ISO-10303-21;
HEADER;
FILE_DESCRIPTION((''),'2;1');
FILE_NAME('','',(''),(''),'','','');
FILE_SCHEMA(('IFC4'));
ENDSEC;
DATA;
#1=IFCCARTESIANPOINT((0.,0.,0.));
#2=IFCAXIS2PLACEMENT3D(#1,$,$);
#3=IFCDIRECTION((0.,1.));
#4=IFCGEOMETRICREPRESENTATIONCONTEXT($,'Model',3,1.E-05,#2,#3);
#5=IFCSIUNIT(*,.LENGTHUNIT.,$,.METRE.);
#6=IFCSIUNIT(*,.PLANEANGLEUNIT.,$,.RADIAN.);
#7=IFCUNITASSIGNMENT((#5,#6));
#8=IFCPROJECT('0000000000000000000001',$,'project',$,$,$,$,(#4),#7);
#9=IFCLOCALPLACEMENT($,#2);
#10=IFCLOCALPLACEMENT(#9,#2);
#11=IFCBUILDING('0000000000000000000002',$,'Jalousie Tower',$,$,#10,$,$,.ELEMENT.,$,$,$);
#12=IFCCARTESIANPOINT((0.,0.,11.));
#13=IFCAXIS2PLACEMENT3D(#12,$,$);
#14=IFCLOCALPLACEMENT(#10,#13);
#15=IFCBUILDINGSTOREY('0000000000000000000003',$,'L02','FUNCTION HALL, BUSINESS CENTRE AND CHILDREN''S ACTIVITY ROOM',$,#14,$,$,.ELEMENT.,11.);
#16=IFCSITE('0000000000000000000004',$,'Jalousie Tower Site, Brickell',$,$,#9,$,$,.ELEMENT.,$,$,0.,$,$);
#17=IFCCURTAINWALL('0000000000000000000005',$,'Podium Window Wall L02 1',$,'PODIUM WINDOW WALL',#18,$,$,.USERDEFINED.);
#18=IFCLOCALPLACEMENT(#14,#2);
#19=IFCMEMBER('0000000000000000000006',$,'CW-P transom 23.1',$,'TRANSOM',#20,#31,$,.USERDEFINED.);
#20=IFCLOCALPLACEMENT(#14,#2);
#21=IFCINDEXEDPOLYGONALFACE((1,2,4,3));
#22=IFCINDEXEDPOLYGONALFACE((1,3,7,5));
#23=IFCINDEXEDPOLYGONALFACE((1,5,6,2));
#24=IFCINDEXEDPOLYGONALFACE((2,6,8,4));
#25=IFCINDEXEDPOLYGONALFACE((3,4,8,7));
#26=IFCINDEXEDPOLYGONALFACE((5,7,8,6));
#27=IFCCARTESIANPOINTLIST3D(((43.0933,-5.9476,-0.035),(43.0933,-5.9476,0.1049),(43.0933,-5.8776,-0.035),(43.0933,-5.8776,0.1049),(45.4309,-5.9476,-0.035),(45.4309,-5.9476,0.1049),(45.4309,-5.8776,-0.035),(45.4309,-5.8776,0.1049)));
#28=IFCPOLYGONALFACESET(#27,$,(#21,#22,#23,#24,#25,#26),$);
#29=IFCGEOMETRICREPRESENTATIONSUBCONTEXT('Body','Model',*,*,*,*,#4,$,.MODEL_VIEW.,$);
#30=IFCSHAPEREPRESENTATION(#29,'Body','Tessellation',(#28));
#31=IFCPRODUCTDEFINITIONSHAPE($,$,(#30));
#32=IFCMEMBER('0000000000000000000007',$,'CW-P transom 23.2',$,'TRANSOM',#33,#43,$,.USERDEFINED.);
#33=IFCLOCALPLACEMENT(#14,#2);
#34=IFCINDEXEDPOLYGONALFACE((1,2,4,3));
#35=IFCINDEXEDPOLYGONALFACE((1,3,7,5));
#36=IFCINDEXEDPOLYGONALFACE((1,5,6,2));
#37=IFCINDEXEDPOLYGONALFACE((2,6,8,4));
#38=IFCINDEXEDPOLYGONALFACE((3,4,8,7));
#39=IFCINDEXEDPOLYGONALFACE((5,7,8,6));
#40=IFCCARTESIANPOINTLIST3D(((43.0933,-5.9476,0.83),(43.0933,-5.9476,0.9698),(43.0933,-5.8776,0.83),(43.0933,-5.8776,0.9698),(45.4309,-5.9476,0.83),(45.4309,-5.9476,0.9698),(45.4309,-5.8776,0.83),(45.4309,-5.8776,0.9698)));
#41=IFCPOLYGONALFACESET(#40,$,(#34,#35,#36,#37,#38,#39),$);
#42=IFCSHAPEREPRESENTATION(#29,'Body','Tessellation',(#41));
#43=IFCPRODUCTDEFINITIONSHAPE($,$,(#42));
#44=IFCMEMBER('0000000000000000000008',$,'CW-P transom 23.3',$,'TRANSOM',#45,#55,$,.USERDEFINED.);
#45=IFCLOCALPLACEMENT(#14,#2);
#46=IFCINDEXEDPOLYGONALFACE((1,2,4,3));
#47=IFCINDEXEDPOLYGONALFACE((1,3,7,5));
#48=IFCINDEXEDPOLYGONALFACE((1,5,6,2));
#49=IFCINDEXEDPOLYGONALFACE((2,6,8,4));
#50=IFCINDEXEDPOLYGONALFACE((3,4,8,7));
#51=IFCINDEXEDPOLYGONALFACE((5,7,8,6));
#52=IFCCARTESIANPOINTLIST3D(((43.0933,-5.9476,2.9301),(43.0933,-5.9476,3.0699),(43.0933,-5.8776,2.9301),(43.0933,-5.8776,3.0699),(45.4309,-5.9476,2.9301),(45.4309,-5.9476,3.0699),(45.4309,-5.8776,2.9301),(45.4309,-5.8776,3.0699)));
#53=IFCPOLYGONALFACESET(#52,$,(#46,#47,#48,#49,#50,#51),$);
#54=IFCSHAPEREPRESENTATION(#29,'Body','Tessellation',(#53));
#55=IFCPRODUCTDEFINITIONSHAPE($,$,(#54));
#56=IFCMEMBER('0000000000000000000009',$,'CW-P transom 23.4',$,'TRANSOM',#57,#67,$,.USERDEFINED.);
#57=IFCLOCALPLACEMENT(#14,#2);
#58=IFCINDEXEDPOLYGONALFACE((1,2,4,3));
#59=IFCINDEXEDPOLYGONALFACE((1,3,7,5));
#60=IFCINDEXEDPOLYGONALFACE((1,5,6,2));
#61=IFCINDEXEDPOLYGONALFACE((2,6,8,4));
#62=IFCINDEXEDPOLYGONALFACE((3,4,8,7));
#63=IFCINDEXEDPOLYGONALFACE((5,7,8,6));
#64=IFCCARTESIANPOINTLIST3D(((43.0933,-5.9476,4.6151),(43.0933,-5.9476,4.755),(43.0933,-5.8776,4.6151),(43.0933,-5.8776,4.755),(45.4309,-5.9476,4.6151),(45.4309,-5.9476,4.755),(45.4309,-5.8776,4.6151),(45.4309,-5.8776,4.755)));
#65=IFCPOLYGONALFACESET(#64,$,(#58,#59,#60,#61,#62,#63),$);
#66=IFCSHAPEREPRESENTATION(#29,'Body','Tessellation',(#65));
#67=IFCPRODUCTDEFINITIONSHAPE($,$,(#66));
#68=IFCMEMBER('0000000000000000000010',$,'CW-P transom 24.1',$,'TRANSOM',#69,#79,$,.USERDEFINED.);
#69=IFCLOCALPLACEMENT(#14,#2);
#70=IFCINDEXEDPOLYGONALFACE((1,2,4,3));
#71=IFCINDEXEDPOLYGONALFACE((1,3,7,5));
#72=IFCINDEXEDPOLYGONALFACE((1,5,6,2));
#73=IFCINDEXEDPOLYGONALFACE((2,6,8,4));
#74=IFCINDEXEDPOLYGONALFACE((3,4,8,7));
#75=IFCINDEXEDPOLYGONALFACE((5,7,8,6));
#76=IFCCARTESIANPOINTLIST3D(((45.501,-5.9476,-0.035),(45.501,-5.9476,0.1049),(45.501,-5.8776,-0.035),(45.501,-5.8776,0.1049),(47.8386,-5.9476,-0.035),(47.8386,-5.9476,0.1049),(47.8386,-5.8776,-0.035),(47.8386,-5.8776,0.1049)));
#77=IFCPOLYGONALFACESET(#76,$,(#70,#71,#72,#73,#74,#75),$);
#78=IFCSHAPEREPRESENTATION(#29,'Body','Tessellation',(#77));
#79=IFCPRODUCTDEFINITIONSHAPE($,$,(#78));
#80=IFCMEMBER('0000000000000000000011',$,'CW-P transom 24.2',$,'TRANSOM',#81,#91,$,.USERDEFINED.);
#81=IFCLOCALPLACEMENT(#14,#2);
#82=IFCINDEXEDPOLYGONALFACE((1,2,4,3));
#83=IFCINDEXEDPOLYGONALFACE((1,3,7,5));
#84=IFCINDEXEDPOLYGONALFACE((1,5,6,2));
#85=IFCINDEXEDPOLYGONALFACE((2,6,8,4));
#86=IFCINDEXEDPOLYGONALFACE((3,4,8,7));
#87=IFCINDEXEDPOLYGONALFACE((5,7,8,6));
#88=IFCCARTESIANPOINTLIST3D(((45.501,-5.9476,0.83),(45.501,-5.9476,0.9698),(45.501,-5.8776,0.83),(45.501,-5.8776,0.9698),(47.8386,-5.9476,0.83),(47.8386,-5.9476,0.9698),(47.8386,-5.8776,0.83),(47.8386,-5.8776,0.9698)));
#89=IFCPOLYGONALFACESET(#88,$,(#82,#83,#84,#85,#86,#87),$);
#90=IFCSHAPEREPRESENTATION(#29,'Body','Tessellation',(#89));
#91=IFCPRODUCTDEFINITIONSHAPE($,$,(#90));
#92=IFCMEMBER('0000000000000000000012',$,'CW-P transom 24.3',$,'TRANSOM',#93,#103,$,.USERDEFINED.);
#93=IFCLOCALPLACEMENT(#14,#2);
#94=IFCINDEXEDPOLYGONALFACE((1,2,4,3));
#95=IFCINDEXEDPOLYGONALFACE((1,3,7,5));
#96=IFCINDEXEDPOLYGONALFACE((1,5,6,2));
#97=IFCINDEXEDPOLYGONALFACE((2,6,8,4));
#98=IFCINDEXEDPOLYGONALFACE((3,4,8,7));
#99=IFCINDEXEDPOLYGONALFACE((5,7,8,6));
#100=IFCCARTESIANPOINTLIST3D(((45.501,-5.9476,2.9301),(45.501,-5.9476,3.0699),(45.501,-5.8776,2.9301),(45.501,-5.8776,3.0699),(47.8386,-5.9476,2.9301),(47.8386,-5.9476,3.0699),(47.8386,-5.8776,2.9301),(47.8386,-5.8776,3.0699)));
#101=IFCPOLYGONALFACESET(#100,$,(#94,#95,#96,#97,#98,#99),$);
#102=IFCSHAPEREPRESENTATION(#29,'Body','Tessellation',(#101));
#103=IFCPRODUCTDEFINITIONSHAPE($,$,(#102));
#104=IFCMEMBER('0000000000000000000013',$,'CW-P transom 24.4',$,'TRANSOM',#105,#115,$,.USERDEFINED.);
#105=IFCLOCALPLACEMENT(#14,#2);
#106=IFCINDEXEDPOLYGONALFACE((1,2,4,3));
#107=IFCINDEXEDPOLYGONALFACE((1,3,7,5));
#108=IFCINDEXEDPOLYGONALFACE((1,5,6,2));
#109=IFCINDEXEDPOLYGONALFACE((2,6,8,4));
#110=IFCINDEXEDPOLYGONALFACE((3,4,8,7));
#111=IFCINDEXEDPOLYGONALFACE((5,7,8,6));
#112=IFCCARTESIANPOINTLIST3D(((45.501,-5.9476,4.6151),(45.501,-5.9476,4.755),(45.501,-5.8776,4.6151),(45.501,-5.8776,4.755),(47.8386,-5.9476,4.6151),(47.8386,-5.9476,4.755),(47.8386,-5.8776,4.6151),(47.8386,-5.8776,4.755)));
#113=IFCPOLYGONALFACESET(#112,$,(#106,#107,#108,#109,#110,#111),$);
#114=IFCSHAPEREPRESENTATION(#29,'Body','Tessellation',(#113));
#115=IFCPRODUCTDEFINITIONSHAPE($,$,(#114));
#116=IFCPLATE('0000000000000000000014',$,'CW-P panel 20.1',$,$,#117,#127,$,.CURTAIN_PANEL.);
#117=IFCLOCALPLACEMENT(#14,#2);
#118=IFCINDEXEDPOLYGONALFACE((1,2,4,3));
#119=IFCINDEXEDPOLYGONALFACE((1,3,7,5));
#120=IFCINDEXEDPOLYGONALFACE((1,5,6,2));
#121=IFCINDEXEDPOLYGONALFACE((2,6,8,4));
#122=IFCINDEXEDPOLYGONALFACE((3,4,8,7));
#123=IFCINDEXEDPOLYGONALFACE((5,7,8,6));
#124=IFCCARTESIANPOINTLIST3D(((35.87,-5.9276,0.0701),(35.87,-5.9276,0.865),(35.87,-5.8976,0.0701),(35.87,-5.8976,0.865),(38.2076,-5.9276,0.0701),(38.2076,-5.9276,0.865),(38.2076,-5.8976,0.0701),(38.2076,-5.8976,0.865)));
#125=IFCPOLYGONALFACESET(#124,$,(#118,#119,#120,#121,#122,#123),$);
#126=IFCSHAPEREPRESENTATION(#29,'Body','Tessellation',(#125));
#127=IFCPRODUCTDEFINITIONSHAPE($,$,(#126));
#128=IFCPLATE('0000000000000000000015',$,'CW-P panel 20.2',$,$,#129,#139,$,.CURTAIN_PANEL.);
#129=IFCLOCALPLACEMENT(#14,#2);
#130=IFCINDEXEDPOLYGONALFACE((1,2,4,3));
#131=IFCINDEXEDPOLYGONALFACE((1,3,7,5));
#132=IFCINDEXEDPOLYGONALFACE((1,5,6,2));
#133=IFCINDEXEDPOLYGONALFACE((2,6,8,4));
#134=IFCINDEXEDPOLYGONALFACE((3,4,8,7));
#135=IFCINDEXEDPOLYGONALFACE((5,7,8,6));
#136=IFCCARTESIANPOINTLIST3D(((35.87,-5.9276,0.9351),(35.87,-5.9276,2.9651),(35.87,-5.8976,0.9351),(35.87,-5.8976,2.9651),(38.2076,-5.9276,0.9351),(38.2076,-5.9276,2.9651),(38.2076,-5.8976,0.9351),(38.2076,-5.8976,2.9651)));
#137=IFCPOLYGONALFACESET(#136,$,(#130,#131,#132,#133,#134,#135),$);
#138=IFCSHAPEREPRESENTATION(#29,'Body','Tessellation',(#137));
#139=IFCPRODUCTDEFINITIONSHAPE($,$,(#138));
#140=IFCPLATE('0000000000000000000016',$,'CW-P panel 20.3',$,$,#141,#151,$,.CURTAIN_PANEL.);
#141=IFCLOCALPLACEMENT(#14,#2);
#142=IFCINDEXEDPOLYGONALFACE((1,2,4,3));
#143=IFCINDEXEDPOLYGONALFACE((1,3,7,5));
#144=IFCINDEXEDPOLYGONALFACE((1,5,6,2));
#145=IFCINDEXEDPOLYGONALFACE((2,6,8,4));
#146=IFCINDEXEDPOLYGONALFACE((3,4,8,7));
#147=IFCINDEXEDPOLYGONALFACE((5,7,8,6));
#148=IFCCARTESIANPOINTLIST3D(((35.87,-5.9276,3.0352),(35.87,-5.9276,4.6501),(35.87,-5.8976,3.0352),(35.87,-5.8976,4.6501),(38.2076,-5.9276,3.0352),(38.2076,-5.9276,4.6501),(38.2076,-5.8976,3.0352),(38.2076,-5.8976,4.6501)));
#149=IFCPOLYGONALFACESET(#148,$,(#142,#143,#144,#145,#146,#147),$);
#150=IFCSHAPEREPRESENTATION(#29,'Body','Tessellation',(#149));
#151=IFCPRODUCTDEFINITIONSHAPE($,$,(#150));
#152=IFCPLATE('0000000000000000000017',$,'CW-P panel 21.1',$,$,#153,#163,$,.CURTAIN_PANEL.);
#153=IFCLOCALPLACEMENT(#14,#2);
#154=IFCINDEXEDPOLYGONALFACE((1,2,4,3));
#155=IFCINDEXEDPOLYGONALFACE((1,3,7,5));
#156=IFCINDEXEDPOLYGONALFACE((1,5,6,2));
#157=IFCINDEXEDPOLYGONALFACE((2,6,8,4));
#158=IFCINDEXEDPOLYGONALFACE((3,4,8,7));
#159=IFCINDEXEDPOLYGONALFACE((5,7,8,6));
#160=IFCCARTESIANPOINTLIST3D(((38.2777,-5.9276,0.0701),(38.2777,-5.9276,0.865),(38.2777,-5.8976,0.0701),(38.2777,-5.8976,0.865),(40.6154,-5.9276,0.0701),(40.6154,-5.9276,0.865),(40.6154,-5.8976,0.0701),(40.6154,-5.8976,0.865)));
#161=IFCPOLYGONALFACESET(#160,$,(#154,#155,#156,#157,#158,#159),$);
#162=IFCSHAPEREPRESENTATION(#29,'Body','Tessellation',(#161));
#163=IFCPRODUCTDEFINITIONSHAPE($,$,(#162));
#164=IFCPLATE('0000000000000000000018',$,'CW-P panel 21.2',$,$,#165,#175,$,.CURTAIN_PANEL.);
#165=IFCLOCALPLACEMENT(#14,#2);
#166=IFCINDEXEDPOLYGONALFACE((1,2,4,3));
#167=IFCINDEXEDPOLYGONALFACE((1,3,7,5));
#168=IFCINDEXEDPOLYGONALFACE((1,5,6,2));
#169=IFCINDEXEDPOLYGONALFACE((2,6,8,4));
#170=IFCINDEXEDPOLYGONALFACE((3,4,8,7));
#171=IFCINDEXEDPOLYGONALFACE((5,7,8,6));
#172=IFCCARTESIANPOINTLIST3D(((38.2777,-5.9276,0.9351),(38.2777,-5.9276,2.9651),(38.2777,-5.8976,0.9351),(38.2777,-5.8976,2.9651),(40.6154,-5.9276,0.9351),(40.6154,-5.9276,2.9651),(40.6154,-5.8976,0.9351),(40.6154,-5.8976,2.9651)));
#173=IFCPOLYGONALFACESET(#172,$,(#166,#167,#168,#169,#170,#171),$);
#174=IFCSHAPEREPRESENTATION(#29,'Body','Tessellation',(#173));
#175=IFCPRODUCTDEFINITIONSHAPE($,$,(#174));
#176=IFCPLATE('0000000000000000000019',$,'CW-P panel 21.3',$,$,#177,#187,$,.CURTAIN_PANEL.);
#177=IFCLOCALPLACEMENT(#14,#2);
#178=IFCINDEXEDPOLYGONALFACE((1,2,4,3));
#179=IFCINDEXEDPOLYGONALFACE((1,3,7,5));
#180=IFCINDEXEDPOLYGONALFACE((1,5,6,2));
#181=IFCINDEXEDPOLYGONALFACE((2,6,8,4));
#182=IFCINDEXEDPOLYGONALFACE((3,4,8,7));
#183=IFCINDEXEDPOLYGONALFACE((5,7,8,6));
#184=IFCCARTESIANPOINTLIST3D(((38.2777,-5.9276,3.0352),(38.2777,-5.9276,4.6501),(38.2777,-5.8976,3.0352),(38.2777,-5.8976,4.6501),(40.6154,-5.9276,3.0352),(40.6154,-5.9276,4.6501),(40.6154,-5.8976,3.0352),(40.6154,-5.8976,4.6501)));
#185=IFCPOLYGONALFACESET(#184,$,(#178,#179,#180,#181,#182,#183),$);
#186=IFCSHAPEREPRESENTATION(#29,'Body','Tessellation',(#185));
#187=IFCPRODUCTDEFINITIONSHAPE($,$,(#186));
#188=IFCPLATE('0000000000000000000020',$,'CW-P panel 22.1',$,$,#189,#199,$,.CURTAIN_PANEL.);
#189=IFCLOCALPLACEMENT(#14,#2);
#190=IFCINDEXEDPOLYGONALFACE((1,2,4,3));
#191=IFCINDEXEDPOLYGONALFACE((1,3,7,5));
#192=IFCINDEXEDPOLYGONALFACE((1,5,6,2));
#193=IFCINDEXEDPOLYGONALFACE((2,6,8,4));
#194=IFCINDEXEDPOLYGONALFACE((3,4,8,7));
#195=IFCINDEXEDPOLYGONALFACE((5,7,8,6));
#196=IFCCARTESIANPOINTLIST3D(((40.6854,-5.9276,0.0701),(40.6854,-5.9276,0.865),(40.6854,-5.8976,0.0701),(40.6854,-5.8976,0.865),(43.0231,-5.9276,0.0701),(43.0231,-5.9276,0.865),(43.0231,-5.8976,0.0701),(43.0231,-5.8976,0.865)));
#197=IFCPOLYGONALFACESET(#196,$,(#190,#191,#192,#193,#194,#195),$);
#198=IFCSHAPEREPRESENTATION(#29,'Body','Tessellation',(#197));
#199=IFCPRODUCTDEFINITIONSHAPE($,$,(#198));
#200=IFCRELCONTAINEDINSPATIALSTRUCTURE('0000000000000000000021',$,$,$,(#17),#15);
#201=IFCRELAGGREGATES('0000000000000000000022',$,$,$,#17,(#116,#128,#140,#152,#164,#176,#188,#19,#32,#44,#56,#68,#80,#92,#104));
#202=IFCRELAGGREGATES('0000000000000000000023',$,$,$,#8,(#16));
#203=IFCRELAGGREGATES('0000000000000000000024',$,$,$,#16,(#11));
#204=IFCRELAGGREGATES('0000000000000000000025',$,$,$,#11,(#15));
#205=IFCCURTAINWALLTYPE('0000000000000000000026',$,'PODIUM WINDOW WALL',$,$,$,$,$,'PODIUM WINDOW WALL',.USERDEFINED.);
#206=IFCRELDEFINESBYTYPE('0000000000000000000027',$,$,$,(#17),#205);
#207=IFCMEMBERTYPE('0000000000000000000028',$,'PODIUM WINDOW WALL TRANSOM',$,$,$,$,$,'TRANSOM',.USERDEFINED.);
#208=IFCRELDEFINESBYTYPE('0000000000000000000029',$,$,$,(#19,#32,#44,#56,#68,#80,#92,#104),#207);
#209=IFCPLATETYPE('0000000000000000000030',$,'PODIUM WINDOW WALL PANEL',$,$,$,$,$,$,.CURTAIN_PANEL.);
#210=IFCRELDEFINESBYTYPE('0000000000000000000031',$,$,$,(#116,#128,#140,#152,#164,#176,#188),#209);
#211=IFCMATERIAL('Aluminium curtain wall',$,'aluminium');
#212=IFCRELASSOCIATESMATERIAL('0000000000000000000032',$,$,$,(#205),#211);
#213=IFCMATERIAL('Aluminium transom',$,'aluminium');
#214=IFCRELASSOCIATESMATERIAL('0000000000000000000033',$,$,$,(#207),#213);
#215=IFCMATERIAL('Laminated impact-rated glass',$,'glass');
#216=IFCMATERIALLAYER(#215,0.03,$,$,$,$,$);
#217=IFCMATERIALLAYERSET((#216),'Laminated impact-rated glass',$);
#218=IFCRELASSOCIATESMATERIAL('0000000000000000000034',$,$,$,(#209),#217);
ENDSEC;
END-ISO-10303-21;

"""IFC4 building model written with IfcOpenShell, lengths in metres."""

from ifc_helpers import new_model, si_unit, direction, frame, origin, origin_2d, place, context, subcontext, project, spatial, rectangle, extrude, material, layer, layer_set, material_profile, profile_set, type_object, element, aggregate, save


model = new_model("IFC4")

# Units and contexts
model_context = context("Model", 3, precision=1e-05, world=origin(), true_north=direction((0.0, 1.0)))
body_context = subcontext(model_context, "Body", "Model", "MODEL_VIEW")
ifc_project = project(units=[si_unit("LENGTHUNIT", "METRE"), si_unit("PLANEANGLEUNIT", "RADIAN")], contexts=[model_context])

# Site, building, storey
site_placement = place(None, origin())
site = spatial("IfcSite", under=ifc_project, at=site_placement, Name="Jalousie Tower Site, Brickell", CompositionType="ELEMENT", RefElevation=0.0)
building_placement = place(site_placement, origin())
building = spatial("IfcBuilding", under=site, at=building_placement, Name="Jalousie Tower", CompositionType="ELEMENT")
storey_placement = place(building_placement, frame((0.0, 0.0, 11.0)))
storey = spatial("IfcBuildingStorey", under=building, at=storey_placement, Name="L02", Description="FUNCTION HALL, BUSINESS CENTRE AND CHILDREN'S ACTIVITY ROOM", CompositionType="ELEMENT", Elevation=11.0)

# Curtain wall, members, plates
ifc_material_1 = material(Name="Aluminium curtain wall", Category="aluminium")
curtain_wall_type = type_object("IfcCurtainWallType", Name="PODIUM WINDOW WALL", ElementType="PODIUM WINDOW WALL", PredefinedType="USERDEFINED", material=ifc_material_1)
curtain_wall_placement = place(storey_placement, origin())
curtain_wall = element("IfcCurtainWall", 1, at=curtain_wall_placement, inside=storey, type_object=curtain_wall_type, Name="Podium Window Wall L02 1", ObjectType="PODIUM WINDOW WALL", PredefinedType="USERDEFINED")
ifc_material_2 = material(Name="Aluminium transom", Category="aluminium")
ifc_material_profile_1 = material_profile(ifc_material_2, rectangle(XDim=0.0701, YDim=0.1399, at=origin_2d()), Name="TRANSOM 70x140")
ifc_profile_set_1 = profile_set([ifc_material_profile_1], Name="Aluminium transom")
member_type_1 = type_object("IfcMemberType", Name="PODIUM WINDOW WALL TRANSOM", ElementType="TRANSOM", PredefinedType="USERDEFINED", material=ifc_profile_set_1)
member_1_placement = place(storey_placement, frame((43.0933, -5.9126, 0.0349), z_axis=(1.0, 0.0, 0.0), x_axis=(0.0, 1.0, 0.0)))
member_1 = element("IfcMember", 2, at=member_1_placement, type_object=member_type_1, Name="CW-P transom 23.1", ObjectType="TRANSOM", PredefinedType="USERDEFINED", context=body_context, shape_type="SweptSolid", body=[
    extrude(rectangle(XDim=0.0701, YDim=0.1399, at=origin_2d()), origin(), (0.0, 0.0, 1.0), 2.3376),
])
member_2_placement = place(storey_placement, frame((43.0933, -5.9126, 0.8999), z_axis=(1.0, 0.0, 0.0), x_axis=(0.0, 1.0, 0.0)))
member_2 = element("IfcMember", 3, at=member_2_placement, type_object=member_type_1, Name="CW-P transom 23.2", ObjectType="TRANSOM", PredefinedType="USERDEFINED", context=body_context, shape_type="SweptSolid", body=[
    extrude(rectangle(XDim=0.0701, YDim=0.1399, at=origin_2d()), origin(), (0.0, 0.0, 1.0), 2.3376),
])
member_3_placement = place(storey_placement, frame((43.0933, -5.9126, 3.0), z_axis=(1.0, 0.0, 0.0), x_axis=(0.0, 1.0, 0.0)))
member_3 = element("IfcMember", 4, at=member_3_placement, type_object=member_type_1, Name="CW-P transom 23.3", ObjectType="TRANSOM", PredefinedType="USERDEFINED", context=body_context, shape_type="SweptSolid", body=[
    extrude(rectangle(XDim=0.0701, YDim=0.1399, at=origin_2d()), origin(), (0.0, 0.0, 1.0), 2.3376),
])
member_4_placement = place(storey_placement, frame((43.0933, -5.9126, 4.6851), z_axis=(1.0, 0.0, 0.0), x_axis=(0.0, 1.0, 0.0)))
member_4 = element("IfcMember", 5, at=member_4_placement, type_object=member_type_1, Name="CW-P transom 23.4", ObjectType="TRANSOM", PredefinedType="USERDEFINED", context=body_context, shape_type="SweptSolid", body=[
    extrude(rectangle(XDim=0.0701, YDim=0.1399, at=origin_2d()), origin(), (0.0, 0.0, 1.0), 2.3376),
])
member_5_placement = place(storey_placement, frame((45.501, -5.9126, 0.0349), z_axis=(1.0, 0.0, 0.0), x_axis=(0.0, 1.0, 0.0)))
member_5 = element("IfcMember", 6, at=member_5_placement, type_object=member_type_1, Name="CW-P transom 24.1", ObjectType="TRANSOM", PredefinedType="USERDEFINED", context=body_context, shape_type="SweptSolid", body=[
    extrude(rectangle(XDim=0.0701, YDim=0.1399, at=origin_2d()), origin(), (0.0, 0.0, 1.0), 2.3376),
])
member_6_placement = place(storey_placement, frame((45.501, -5.9126, 0.8999), z_axis=(1.0, 0.0, 0.0), x_axis=(0.0, 1.0, 0.0)))
member_6 = element("IfcMember", 7, at=member_6_placement, type_object=member_type_1, Name="CW-P transom 24.2", ObjectType="TRANSOM", PredefinedType="USERDEFINED", context=body_context, shape_type="SweptSolid", body=[
    extrude(rectangle(XDim=0.0701, YDim=0.1399, at=origin_2d()), origin(), (0.0, 0.0, 1.0), 2.3376),
])
member_7_placement = place(storey_placement, frame((45.501, -5.9126, 3.0), z_axis=(1.0, 0.0, 0.0), x_axis=(0.0, 1.0, 0.0)))
member_7 = element("IfcMember", 8, at=member_7_placement, type_object=member_type_1, Name="CW-P transom 24.3", ObjectType="TRANSOM", PredefinedType="USERDEFINED", context=body_context, shape_type="SweptSolid", body=[
    extrude(rectangle(XDim=0.0701, YDim=0.1399, at=origin_2d()), origin(), (0.0, 0.0, 1.0), 2.3376),
])
member_8_placement = place(storey_placement, frame((45.501, -5.9126, 4.6851), z_axis=(1.0, 0.0, 0.0), x_axis=(0.0, 1.0, 0.0)))
member_8 = element("IfcMember", 9, at=member_8_placement, type_object=member_type_1, Name="CW-P transom 24.4", ObjectType="TRANSOM", PredefinedType="USERDEFINED", context=body_context, shape_type="SweptSolid", body=[
    extrude(rectangle(XDim=0.0701, YDim=0.1399, at=origin_2d()), origin(), (0.0, 0.0, 1.0), 2.3376),
])
ifc_material_3 = material(Name="Laminated impact-rated glass", Category="glass")
ifc_layer = layer(ifc_material_3, 0.03)
ifc_layer_set = layer_set([ifc_layer], Name="Laminated impact-rated glass")
plate_type = type_object("IfcPlateType", Name="PODIUM WINDOW WALL PANEL", PredefinedType="CURTAIN_PANEL", material=ifc_layer_set)
plate_1_placement = place(storey_placement, frame((37.0388, -5.9126, 0.0701), z_axis=(0.0, 0.0, 1.0), x_axis=(1.0, 0.0, 0.0)))
plate_1 = element("IfcPlate", 10, at=plate_1_placement, type_object=plate_type, Name="CW-P panel 20.1", PredefinedType="CURTAIN_PANEL", context=body_context, shape_type="SweptSolid", body=[
    extrude(rectangle(XDim=2.3376, YDim=0.03, at=origin_2d()), origin(), (0.0, 0.0, 1.0), 0.7949),
])
plate_2_placement = place(storey_placement, frame((37.0388, -5.9126, 0.9351), z_axis=(0.0, 0.0, 1.0), x_axis=(1.0, 0.0, 0.0)))
plate_2 = element("IfcPlate", 11, at=plate_2_placement, type_object=plate_type, Name="CW-P panel 20.2", PredefinedType="CURTAIN_PANEL", context=body_context, shape_type="SweptSolid", body=[
    extrude(rectangle(XDim=2.3376, YDim=0.03, at=origin_2d()), origin(), (0.0, 0.0, 1.0), 2.03),
])
plate_3_placement = place(storey_placement, frame((37.0388, -5.9126, 3.0352), z_axis=(0.0, 0.0, 1.0), x_axis=(1.0, 0.0, 0.0)))
plate_3 = element("IfcPlate", 12, at=plate_3_placement, type_object=plate_type, Name="CW-P panel 20.3", PredefinedType="CURTAIN_PANEL", context=body_context, shape_type="SweptSolid", body=[
    extrude(rectangle(XDim=2.3376, YDim=0.03, at=origin_2d()), origin(), (0.0, 0.0, 1.0), 1.615),
])
plate_4_placement = place(storey_placement, frame((39.4465, -5.9126, 0.0701), z_axis=(0.0, 0.0, 1.0), x_axis=(1.0, 0.0, 0.0)))
plate_4 = element("IfcPlate", 13, at=plate_4_placement, type_object=plate_type, Name="CW-P panel 21.1", PredefinedType="CURTAIN_PANEL", context=body_context, shape_type="SweptSolid", body=[
    extrude(rectangle(XDim=2.3376, YDim=0.03, at=origin_2d()), origin(), (0.0, 0.0, 1.0), 0.7949),
])
plate_5_placement = place(storey_placement, frame((39.4465, -5.9126, 0.9351), z_axis=(0.0, 0.0, 1.0), x_axis=(1.0, 0.0, 0.0)))
plate_5 = element("IfcPlate", 14, at=plate_5_placement, type_object=plate_type, Name="CW-P panel 21.2", PredefinedType="CURTAIN_PANEL", context=body_context, shape_type="SweptSolid", body=[
    extrude(rectangle(XDim=2.3376, YDim=0.03, at=origin_2d()), origin(), (0.0, 0.0, 1.0), 2.03),
])
plate_6_placement = place(storey_placement, frame((39.4465, -5.9126, 3.0352), z_axis=(0.0, 0.0, 1.0), x_axis=(1.0, 0.0, 0.0)))
plate_6 = element("IfcPlate", 15, at=plate_6_placement, type_object=plate_type, Name="CW-P panel 21.3", PredefinedType="CURTAIN_PANEL", context=body_context, shape_type="SweptSolid", body=[
    extrude(rectangle(XDim=2.3376, YDim=0.03, at=origin_2d()), origin(), (0.0, 0.0, 1.0), 1.615),
])
plate_7_placement = place(storey_placement, frame((41.8542, -5.9126, 0.0701), z_axis=(0.0, 0.0, 1.0), x_axis=(1.0, 0.0, 0.0)))
plate_7 = element("IfcPlate", 16, at=plate_7_placement, type_object=plate_type, Name="CW-P panel 22.1", PredefinedType="CURTAIN_PANEL", context=body_context, shape_type="SweptSolid", body=[
    extrude(rectangle(XDim=2.3376, YDim=0.03, at=origin_2d()), origin(), (0.0, 0.0, 1.0), 0.7949),
])
aggregate(curtain_wall, [plate_1, plate_2, plate_3, plate_4, plate_5, plate_6, plate_7, member_1, member_2, member_3, member_4, member_5, member_6, member_7, member_8])

save(model, "model.ifc")
